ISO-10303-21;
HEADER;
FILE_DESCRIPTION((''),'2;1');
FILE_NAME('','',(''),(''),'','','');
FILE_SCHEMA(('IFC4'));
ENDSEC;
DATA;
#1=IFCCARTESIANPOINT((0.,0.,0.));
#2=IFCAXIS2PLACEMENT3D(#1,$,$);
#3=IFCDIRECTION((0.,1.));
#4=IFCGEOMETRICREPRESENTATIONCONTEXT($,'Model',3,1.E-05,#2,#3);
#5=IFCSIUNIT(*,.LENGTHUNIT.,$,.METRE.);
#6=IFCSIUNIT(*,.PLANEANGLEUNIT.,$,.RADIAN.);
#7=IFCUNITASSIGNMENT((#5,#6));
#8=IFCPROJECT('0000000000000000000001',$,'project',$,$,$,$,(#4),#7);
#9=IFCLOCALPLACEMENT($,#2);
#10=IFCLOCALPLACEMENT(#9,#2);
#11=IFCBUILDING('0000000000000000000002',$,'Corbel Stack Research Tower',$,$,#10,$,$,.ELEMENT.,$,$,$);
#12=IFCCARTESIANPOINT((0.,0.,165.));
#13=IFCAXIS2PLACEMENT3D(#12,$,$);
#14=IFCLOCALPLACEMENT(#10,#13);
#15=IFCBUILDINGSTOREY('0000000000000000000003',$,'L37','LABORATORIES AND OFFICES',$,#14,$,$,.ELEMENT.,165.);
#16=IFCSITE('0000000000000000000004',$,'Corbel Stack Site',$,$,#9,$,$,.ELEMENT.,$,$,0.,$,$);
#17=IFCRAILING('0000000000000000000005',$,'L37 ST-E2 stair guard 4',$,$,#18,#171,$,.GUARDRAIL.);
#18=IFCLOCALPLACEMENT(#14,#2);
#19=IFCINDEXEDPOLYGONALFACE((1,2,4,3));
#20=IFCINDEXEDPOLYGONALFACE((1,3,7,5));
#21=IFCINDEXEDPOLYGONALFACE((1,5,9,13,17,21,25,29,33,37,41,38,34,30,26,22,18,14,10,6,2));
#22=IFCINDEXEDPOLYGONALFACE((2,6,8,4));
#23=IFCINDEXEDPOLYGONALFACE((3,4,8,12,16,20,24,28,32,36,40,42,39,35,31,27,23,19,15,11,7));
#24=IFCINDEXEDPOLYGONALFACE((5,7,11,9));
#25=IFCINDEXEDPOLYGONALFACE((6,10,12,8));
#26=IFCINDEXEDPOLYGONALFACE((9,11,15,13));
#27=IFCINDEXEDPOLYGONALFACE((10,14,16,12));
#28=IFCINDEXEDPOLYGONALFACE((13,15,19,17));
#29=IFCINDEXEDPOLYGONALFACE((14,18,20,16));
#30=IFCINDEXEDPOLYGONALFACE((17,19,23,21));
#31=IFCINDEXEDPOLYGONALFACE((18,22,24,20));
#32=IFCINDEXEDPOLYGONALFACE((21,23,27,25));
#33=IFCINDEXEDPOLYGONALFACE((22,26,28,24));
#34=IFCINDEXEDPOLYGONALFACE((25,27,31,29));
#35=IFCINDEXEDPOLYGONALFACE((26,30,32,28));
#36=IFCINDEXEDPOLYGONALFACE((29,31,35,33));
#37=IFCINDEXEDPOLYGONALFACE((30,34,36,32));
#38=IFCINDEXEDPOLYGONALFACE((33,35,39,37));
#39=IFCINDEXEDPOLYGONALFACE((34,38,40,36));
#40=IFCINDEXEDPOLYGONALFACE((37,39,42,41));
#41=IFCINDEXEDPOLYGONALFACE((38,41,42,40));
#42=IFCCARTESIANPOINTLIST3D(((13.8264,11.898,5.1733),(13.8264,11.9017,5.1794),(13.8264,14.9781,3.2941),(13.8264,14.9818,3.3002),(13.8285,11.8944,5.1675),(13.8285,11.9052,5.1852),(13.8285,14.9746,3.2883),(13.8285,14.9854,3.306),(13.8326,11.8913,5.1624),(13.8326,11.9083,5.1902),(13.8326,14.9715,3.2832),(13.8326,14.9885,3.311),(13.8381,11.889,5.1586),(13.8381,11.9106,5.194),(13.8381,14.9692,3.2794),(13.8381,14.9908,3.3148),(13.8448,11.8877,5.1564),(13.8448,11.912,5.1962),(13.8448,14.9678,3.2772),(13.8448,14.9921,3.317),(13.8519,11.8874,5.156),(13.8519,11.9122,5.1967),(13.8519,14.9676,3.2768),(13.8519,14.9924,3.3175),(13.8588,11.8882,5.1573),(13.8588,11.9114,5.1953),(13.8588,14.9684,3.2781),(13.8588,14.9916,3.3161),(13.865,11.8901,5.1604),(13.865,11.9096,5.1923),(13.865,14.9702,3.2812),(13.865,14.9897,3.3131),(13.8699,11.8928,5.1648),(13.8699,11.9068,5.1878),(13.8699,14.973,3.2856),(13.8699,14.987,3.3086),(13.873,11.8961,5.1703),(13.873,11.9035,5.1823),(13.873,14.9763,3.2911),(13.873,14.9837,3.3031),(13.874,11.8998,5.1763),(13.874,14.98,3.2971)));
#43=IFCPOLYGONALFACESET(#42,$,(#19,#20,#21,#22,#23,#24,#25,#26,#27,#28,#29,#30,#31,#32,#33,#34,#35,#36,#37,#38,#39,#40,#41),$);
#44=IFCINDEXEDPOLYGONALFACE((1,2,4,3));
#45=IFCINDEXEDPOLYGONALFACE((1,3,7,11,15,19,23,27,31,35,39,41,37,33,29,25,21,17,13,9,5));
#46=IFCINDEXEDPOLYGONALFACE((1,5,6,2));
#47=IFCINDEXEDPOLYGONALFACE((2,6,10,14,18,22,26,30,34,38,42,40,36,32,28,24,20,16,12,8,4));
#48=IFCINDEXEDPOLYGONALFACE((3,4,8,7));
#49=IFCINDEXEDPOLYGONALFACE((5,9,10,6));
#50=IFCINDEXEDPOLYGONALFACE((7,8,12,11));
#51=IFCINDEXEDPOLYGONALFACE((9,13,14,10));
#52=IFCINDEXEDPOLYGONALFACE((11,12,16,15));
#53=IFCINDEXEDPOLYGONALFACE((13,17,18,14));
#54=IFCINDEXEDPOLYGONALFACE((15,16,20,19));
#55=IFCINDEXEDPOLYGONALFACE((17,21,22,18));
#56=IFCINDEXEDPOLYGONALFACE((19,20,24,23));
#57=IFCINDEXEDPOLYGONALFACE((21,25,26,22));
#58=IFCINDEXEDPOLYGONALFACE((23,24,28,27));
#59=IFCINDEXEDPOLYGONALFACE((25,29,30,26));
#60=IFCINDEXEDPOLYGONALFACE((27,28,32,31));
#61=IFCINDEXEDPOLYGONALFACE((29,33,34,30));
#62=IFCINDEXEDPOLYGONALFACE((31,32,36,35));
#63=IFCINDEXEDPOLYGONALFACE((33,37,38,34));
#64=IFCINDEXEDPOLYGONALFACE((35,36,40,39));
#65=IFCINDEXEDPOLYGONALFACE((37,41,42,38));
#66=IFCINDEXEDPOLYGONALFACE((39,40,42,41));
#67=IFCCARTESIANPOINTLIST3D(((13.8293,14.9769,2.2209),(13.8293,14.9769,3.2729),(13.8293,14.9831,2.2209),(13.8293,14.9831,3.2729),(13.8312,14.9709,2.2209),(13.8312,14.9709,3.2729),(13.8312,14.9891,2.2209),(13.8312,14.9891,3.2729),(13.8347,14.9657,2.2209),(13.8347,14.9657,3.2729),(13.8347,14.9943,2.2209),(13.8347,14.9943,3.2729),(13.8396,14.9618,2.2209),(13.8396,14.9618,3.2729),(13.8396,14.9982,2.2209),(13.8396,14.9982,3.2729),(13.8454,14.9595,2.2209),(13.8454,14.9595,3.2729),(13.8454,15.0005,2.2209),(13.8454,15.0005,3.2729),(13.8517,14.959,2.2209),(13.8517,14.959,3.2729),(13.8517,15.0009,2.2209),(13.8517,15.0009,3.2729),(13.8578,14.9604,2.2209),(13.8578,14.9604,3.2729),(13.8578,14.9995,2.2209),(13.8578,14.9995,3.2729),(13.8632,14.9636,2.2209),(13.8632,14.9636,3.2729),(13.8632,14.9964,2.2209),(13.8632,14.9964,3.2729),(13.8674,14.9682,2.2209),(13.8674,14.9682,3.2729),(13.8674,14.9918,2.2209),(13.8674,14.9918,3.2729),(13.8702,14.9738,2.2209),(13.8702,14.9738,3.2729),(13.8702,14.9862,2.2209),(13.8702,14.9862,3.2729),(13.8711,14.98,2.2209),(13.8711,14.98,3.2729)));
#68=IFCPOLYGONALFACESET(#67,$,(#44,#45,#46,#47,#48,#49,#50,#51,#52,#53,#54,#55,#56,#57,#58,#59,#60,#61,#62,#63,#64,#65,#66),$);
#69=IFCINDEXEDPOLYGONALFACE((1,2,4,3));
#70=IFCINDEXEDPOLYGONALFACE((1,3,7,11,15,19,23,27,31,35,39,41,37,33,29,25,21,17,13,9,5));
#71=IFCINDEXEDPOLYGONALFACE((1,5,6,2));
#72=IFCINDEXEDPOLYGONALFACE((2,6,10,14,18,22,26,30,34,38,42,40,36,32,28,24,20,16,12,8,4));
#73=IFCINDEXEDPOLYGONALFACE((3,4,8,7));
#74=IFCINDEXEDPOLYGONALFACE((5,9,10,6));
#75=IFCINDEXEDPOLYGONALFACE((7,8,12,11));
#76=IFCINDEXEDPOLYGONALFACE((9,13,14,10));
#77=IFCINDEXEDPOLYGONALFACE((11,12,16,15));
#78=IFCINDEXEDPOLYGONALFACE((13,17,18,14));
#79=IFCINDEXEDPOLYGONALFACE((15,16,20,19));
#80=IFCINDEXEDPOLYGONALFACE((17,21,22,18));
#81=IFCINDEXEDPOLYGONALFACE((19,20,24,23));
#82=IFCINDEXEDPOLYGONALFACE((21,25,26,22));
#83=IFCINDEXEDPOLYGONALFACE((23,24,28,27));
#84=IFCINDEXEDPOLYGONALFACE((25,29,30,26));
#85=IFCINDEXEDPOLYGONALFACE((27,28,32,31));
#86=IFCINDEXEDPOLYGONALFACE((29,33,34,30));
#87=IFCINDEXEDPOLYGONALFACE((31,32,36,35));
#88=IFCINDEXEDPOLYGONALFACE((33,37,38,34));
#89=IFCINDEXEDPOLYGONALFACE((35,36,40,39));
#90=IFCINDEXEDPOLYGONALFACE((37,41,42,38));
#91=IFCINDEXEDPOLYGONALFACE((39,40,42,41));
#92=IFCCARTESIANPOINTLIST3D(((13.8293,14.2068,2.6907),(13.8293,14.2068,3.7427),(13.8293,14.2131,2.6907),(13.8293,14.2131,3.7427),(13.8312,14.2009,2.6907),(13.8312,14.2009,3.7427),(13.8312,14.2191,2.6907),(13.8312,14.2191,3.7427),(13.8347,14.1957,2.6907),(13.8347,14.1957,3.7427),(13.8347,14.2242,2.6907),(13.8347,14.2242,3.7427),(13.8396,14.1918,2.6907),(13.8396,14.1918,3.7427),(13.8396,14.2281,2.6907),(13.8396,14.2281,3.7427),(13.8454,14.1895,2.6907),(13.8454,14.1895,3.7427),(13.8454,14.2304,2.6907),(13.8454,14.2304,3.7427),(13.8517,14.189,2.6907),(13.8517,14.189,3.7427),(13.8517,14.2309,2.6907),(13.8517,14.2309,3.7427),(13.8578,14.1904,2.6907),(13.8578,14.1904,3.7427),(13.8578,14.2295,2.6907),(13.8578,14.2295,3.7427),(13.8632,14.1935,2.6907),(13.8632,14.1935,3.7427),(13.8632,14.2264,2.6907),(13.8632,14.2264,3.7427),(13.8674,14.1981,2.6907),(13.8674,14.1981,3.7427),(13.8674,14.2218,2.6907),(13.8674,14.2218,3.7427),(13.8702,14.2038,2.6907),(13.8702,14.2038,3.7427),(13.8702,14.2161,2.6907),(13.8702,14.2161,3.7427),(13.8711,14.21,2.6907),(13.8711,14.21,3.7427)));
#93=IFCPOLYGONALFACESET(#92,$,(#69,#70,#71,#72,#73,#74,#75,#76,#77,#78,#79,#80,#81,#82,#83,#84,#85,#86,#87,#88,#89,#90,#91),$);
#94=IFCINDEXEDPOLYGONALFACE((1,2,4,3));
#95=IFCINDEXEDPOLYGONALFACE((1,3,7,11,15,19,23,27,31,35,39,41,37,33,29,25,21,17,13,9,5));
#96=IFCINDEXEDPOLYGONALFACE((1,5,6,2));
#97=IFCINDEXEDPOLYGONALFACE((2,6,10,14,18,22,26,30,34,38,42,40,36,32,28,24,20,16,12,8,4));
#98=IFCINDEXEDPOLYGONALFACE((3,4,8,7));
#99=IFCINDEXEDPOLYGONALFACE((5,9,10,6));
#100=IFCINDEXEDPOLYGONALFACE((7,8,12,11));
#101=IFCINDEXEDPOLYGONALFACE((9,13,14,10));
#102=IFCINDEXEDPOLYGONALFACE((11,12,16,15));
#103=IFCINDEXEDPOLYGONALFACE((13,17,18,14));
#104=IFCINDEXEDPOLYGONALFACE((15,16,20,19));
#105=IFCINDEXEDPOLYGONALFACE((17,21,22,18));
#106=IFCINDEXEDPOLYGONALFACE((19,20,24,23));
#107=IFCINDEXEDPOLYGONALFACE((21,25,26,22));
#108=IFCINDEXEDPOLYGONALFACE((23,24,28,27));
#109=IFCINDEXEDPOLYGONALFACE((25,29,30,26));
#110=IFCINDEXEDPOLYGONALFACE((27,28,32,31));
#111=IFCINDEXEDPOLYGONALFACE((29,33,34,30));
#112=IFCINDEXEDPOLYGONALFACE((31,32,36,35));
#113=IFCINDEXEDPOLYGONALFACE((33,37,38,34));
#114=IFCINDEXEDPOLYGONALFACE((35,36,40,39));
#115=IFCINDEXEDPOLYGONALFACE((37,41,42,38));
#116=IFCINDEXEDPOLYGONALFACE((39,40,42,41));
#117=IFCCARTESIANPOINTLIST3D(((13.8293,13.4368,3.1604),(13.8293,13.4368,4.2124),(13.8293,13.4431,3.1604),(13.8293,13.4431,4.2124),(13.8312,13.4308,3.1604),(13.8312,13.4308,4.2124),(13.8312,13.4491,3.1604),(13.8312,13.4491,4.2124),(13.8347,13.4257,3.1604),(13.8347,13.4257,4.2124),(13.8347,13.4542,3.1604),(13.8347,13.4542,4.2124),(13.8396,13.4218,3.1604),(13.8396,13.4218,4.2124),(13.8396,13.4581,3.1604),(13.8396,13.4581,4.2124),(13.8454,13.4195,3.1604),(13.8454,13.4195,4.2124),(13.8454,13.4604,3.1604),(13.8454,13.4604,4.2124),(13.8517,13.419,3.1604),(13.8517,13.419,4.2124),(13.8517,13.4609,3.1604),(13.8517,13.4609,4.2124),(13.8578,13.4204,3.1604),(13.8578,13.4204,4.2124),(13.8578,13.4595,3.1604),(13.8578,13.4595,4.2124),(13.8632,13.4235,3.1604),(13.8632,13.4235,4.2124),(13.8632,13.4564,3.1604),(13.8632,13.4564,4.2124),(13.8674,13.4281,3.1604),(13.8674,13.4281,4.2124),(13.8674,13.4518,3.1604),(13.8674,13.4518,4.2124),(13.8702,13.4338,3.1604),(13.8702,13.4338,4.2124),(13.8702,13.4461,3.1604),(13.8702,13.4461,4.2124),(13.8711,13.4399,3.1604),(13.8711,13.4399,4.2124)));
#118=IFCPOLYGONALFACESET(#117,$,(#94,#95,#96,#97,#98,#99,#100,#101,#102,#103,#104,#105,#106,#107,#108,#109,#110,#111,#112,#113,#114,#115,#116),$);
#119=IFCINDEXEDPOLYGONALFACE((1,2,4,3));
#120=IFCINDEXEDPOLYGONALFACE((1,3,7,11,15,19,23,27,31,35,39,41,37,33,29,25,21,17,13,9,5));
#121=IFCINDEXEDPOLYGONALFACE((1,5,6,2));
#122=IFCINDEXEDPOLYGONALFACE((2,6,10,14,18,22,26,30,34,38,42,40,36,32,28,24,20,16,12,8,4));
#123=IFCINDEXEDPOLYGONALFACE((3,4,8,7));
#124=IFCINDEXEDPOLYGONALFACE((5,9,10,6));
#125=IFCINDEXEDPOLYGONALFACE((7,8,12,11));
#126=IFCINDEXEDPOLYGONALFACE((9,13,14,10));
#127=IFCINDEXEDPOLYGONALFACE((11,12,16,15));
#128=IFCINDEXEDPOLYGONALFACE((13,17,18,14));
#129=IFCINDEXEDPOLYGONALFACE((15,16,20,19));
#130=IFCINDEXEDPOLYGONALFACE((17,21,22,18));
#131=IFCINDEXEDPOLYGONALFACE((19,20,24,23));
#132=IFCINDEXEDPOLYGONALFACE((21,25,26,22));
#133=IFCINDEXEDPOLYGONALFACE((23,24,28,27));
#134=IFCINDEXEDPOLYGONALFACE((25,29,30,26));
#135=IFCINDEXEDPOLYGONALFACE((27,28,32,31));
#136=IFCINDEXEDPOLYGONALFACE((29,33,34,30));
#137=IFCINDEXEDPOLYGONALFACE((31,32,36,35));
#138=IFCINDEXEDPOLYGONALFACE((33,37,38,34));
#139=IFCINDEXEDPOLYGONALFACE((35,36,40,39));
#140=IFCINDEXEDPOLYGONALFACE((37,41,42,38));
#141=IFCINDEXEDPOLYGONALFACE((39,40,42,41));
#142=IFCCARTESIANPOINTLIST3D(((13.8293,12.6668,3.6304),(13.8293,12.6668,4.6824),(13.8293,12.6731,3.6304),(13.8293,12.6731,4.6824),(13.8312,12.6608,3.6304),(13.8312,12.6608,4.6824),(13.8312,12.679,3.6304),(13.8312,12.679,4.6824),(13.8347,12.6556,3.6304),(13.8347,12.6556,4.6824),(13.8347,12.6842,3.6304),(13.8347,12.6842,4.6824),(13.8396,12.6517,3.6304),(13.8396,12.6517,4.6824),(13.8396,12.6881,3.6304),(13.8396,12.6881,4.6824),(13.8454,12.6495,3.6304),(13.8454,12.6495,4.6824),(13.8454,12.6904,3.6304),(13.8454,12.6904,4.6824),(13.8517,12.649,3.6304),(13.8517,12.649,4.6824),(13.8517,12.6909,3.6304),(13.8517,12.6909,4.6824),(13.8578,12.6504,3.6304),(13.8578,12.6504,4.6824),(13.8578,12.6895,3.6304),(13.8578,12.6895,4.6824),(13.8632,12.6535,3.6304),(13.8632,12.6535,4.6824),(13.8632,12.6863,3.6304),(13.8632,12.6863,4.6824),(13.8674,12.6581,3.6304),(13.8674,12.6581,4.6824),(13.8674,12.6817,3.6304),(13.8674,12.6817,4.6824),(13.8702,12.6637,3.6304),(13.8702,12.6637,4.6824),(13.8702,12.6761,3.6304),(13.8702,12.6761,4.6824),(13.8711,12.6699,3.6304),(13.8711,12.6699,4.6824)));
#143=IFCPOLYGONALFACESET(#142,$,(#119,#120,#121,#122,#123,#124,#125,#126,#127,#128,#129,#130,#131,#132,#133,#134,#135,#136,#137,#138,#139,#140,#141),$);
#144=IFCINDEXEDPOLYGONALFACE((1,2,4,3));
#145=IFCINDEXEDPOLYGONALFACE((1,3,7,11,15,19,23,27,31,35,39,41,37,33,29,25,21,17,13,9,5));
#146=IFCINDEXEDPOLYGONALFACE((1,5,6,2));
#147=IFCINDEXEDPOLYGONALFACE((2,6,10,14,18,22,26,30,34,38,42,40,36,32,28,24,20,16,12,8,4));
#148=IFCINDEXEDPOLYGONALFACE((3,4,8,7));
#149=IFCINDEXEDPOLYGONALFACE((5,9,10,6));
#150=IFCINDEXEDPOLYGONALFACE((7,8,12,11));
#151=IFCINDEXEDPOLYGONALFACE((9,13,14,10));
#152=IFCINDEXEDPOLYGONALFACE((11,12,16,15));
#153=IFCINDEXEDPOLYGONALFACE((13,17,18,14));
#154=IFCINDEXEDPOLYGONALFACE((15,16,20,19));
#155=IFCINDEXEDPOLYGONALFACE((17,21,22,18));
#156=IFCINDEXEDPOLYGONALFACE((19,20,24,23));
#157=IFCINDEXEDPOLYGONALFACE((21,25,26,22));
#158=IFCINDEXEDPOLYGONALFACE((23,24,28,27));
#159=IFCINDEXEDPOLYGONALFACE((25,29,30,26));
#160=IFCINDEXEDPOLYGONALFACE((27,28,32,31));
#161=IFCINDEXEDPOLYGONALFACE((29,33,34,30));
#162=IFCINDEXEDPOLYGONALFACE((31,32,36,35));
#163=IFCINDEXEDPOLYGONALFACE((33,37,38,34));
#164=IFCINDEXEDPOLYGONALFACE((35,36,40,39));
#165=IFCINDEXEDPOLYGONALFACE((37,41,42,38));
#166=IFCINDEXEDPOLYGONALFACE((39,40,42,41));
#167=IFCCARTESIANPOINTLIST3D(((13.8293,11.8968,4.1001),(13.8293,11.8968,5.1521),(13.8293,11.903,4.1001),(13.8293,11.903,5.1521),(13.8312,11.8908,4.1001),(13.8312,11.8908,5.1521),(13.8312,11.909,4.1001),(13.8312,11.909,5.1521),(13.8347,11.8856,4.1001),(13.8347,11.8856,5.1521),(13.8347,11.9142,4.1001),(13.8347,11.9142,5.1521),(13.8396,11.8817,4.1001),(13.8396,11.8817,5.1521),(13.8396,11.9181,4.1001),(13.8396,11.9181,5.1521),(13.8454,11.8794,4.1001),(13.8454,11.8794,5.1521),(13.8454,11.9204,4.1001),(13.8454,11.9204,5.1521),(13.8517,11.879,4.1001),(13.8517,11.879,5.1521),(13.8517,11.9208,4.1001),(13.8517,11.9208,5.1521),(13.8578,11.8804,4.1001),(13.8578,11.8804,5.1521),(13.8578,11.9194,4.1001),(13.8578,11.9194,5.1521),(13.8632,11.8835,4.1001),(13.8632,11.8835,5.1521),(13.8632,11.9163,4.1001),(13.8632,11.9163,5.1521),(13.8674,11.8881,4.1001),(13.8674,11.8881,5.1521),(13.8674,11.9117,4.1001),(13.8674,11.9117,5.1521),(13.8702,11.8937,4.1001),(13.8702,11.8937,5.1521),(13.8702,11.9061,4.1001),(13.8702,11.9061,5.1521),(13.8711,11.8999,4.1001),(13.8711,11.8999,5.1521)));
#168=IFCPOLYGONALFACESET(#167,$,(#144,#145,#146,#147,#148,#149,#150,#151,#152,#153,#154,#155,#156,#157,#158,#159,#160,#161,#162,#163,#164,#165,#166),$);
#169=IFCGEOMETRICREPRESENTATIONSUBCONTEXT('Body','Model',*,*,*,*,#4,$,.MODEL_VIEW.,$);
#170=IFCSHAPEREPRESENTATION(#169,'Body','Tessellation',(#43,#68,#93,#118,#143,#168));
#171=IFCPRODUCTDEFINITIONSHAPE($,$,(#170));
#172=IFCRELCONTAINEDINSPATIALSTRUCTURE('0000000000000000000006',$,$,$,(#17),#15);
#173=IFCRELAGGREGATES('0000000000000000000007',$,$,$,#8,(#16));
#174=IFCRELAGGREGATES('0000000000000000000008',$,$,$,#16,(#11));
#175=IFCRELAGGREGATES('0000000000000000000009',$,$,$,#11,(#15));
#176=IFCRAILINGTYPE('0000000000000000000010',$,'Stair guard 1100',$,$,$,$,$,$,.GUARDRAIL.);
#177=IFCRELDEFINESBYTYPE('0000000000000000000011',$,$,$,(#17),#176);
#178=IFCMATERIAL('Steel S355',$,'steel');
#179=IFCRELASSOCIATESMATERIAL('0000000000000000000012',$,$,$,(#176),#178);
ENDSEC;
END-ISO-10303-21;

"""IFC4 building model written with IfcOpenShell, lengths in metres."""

from ifc_helpers import new_model, si_unit, direction, frame, origin, origin_2d, place, context, subcontext, project, spatial, circle, extrude, material, type_object, element, save


model = new_model("IFC4")

# Units and contexts
model_context = context("Model", 3, precision=1e-05, world=origin(), true_north=direction((0.0, 1.0)))
body_context = subcontext(model_context, "Body", "Model", "MODEL_VIEW")
ifc_project = project(units=[si_unit("LENGTHUNIT", "METRE"), si_unit("PLANEANGLEUNIT", "RADIAN")], contexts=[model_context])

# Site, building, storey
site_placement = place(None, origin())
site = spatial("IfcSite", under=ifc_project, at=site_placement, Name="Corbel Stack Site", CompositionType="ELEMENT", RefElevation=0.0)
building_placement = place(site_placement, origin())
building = spatial("IfcBuilding", under=site, at=building_placement, Name="Corbel Stack Research Tower", CompositionType="ELEMENT")
storey_placement = place(building_placement, frame((0.0, 0.0, 165.0)))
storey = spatial("IfcBuildingStorey", under=building, at=storey_placement, Name="L37", Description="LABORATORIES AND OFFICES", CompositionType="ELEMENT", Elevation=165.0)

# Railing
ifc_material_1 = material(Name="Steel S355", Category="steel")
railing_type_1 = type_object("IfcRailingType", Name="Stair guard 1100", PredefinedType="GUARDRAIL", material=ifc_material_1)
railing_1_placement = place(storey_placement, frame((13.8501, 14.98, 2.2209)))
element("IfcRailing", 1, at=railing_1_placement, inside=storey, type_object=railing_type_1, Name="L37 ST-E2 stair guard 4", PredefinedType="GUARDRAIL", context=body_context, shape_type="SweptSolid", body=[
    extrude(circle(Radius=0.0239, at=origin_2d()), frame((0.0, 0.0, 1.0762), z_axis=(0.0, -0.853666, 0.52082), x_axis=(1.0, 0.0, 0.0)), (0.0, 0.0, 1.0), 3.6082),
    extrude(circle(Radius=0.021, at=origin_2d()), origin(), (0.0, 0.0, 1.0), 1.052),
    extrude(circle(Radius=0.021, at=origin_2d()), frame((0.0, -0.77, 0.4697)), (0.0, 0.0, 1.0), 1.052),
    extrude(circle(Radius=0.021, at=origin_2d()), frame((0.0, -1.54, 0.9395)), (0.0, 0.0, 1.0), 1.052),
    extrude(circle(Radius=0.021, at=origin_2d()), frame((0.0, -2.3101, 1.4094)), (0.0, 0.0, 1.0), 1.052),
    extrude(circle(Radius=0.021, at=origin_2d()), frame((0.0, -3.0801, 1.8792)), (0.0, 0.0, 1.0), 1.052),
])

save(model, "model.ifc")
